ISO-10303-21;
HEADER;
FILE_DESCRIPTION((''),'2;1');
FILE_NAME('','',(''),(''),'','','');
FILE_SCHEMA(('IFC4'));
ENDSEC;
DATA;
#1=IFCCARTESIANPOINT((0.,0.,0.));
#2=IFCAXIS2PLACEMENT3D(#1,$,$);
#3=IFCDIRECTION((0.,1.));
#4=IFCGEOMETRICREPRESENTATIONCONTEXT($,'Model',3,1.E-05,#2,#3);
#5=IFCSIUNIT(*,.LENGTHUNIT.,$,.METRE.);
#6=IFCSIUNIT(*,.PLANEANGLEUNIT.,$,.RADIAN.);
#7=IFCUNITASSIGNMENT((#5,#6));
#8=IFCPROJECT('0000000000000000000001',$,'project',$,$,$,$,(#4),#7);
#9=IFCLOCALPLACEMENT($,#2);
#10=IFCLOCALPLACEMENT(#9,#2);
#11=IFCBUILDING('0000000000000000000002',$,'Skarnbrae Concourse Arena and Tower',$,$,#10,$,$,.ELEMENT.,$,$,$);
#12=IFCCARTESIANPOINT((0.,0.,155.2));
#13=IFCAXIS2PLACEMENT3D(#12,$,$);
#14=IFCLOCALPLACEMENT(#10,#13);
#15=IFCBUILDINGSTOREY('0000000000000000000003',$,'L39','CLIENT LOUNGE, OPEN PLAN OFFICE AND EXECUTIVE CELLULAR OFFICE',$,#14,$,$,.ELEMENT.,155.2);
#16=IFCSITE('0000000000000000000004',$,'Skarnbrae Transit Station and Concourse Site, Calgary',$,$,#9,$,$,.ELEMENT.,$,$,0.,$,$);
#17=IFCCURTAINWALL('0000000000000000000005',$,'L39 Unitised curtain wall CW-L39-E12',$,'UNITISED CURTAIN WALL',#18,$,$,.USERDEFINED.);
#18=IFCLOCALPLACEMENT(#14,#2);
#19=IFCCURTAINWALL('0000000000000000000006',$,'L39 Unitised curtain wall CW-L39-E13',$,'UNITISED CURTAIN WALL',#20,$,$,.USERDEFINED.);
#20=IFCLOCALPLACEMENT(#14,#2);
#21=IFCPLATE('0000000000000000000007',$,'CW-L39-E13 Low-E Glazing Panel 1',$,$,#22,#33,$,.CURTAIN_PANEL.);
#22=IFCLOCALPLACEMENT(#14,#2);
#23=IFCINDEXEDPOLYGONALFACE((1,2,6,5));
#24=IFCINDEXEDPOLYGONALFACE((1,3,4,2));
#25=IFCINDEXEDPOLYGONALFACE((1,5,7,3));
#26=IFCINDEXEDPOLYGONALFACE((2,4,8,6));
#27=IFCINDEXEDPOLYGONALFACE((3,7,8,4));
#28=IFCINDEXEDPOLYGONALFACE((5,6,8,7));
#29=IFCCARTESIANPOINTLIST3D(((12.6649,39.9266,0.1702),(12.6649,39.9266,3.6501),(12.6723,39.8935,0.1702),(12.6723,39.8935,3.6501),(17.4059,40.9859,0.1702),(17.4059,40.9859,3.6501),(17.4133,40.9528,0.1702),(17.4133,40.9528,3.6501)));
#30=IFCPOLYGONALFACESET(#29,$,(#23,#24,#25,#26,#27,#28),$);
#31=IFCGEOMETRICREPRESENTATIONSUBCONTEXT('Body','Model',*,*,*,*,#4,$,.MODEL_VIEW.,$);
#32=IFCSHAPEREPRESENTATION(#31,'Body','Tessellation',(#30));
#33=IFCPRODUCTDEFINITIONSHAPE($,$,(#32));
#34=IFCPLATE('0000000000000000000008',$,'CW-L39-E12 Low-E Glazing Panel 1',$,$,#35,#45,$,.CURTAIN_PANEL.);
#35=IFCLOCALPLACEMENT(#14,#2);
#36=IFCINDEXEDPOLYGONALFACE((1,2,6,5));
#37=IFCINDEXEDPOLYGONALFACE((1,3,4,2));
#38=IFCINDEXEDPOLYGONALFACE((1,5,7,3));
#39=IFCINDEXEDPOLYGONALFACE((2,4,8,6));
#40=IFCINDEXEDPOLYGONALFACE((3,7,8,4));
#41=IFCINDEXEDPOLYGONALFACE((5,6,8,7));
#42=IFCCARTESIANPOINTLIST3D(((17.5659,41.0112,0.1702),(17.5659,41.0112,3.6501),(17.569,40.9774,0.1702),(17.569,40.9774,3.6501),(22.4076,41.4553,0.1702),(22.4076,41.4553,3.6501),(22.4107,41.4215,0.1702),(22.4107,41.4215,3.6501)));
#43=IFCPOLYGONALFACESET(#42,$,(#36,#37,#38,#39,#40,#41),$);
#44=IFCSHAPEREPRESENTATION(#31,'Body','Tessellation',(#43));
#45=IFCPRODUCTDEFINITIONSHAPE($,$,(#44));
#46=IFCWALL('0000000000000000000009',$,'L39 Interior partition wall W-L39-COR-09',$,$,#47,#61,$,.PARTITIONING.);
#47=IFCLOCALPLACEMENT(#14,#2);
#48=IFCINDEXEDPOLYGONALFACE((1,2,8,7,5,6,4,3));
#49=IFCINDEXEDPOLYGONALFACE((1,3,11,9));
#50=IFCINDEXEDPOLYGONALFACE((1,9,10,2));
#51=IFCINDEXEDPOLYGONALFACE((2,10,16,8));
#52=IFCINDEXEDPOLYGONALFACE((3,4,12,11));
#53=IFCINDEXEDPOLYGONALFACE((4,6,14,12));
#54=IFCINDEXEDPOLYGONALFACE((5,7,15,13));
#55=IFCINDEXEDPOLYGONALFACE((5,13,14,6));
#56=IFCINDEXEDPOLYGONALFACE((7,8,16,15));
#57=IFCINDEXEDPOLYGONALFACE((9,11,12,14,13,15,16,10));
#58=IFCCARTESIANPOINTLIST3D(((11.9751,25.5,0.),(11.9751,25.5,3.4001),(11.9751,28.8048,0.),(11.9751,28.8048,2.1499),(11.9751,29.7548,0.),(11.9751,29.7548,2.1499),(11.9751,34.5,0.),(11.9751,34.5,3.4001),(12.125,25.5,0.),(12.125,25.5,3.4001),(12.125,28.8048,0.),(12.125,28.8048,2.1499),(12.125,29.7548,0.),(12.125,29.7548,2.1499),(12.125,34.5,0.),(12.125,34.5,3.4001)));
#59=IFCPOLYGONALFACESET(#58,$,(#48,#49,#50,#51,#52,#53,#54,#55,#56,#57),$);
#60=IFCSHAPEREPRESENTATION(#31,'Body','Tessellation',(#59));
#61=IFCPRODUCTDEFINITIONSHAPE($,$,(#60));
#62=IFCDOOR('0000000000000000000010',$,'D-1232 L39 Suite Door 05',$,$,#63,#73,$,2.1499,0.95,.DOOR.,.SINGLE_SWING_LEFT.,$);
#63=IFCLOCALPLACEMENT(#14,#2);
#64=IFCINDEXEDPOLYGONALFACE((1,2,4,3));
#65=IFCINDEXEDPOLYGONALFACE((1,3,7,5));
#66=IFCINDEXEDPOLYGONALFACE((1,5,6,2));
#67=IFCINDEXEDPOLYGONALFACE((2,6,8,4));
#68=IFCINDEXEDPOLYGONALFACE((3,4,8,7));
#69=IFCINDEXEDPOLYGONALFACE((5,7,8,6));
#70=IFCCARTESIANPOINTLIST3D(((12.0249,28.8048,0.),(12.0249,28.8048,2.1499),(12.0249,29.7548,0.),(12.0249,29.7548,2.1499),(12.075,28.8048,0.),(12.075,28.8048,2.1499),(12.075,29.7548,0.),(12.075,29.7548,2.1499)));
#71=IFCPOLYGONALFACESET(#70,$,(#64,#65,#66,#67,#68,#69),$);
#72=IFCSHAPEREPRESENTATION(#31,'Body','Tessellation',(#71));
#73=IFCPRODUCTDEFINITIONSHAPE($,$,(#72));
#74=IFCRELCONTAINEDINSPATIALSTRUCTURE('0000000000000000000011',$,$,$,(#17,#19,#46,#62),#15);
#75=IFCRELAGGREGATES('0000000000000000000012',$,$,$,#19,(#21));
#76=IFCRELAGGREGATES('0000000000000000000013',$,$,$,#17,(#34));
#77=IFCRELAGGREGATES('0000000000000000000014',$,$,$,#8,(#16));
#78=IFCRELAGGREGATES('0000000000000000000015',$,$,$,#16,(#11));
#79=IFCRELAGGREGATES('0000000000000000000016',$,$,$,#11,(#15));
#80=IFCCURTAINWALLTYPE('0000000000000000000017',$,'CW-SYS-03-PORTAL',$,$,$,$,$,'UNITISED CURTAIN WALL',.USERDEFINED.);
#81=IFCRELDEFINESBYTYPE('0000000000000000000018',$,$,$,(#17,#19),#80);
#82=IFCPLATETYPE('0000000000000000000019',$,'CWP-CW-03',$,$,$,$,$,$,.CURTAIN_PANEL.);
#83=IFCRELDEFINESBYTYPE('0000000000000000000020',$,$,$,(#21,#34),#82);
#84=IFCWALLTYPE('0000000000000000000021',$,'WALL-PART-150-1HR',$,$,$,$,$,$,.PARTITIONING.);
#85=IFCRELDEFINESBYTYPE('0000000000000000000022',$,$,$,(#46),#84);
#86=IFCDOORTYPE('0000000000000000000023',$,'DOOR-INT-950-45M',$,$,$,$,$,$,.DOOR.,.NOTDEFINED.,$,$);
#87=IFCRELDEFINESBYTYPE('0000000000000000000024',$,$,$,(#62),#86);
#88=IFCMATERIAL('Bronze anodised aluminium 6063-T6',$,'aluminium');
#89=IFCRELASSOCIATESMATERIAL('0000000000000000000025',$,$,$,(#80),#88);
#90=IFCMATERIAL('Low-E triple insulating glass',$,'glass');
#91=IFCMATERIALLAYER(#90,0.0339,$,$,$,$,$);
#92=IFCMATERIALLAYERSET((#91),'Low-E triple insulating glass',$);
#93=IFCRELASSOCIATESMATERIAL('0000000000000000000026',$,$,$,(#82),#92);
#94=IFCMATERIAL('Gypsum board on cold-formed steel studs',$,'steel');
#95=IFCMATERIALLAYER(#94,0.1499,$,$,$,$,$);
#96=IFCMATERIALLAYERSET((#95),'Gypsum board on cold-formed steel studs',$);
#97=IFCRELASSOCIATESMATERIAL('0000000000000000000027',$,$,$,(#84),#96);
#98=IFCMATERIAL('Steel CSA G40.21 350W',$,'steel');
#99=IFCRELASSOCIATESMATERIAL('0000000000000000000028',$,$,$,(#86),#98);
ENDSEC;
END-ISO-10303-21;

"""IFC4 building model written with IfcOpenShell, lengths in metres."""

from ifc_helpers import new_model, si_unit, direction, frame, frame_2d, origin, origin_2d, place, context, subcontext, project, spatial, rectangle, extrude, source, transform, mapped, material, layer, layer_set, type_object, element, fill, aggregate, save


model = new_model("IFC4")

# Units and contexts
model_context = context("Model", 3, precision=1e-05, world=origin(), true_north=direction((0.0, 1.0)))
body_context = subcontext(model_context, "Body", "Model", "MODEL_VIEW")
ifc_project = project(units=[si_unit("LENGTHUNIT", "METRE"), si_unit("PLANEANGLEUNIT", "RADIAN")], contexts=[model_context])

# Site, building, storey
site_placement = place(None, origin())
site = spatial("IfcSite", under=ifc_project, at=site_placement, Name="Skarnbrae Transit Station and Concourse Site, Calgary", CompositionType="ELEMENT", RefElevation=0.0)
building_placement = place(site_placement, origin())
building = spatial("IfcBuilding", under=site, at=building_placement, Name="Skarnbrae Concourse Arena and Tower", CompositionType="ELEMENT")
storey_placement = place(building_placement, frame((0.0, 0.0, 155.2)))
storey = spatial("IfcBuildingStorey", under=building, at=storey_placement, Name="L39", Description="CLIENT LOUNGE, OPEN PLAN OFFICE AND EXECUTIVE CELLULAR OFFICE", CompositionType="ELEMENT", Elevation=155.2)

# Shared definitions
ifc_material_1 = material(Name="Steel CSA G40.21 350W", Category="steel")

# Curtain wall
ifc_material_2 = material(Name="Bronze anodised aluminium 6063-T6", Category="aluminium")
curtain_wall_type_1 = type_object("IfcCurtainWallType", Name="CW-SYS-03-PORTAL", ElementType="UNITISED CURTAIN WALL", PredefinedType="USERDEFINED", material=ifc_material_2)
curtain_wall_1_placement = place(storey_placement, origin())
curtain_wall_1 = element("IfcCurtainWall", 1, at=curtain_wall_1_placement, inside=storey, type_object=curtain_wall_type_1, Name="L39 Unitised curtain wall CW-L39-E12", ObjectType="UNITISED CURTAIN WALL", PredefinedType="USERDEFINED")

# Curtain wall
curtain_wall_2_placement = place(storey_placement, origin())
curtain_wall_2 = element("IfcCurtainWall", 2, at=curtain_wall_2_placement, inside=storey, type_object=curtain_wall_type_1, Name="L39 Unitised curtain wall CW-L39-E13", ObjectType="UNITISED CURTAIN WALL", PredefinedType="USERDEFINED")

# Plates
ifc_material_3 = material(Name="Low-E triple insulating glass", Category="glass")
ifc_layer_1 = layer(ifc_material_3, 0.0339)
ifc_layer_set_1 = layer_set([ifc_layer_1], Name="Low-E triple insulating glass")
plate_type = type_object("IfcPlateType", Name="CWP-CW-03", PredefinedType="CURTAIN_PANEL", material=ifc_layer_set_1)
shared_shape_1 = source(origin(), body_context, "Body", "SweptSolid", [
    extrude(rectangle(XDim=4.8579, YDim=0.0339, at=origin_2d()), origin(), (0.0, 0.0, 1.0), 3.48),
])
plate_1_placement = place(storey_placement, frame((15.0391, 40.4397, 0.1702), z_axis=(0.0, 0.0, 1.0), x_axis=(-0.975936, -0.218056, 0.0)))
plate_1 = element("IfcPlate", 3, at=plate_1_placement, type_object=plate_type, Name="CW-L39-E13 Low-E Glazing Panel 1", PredefinedType="CURTAIN_PANEL", context=body_context, shape_type="MappedRepresentation", body=[
    mapped(shared_shape_1, transform((0.0, 0.0, 0.0))),
])
aggregate(curtain_wall_2, [plate_1])
shared_shape_2 = source(origin(), body_context, "Body", "SweptSolid", [
    extrude(rectangle(XDim=4.8621, YDim=0.0339, at=origin_2d()), origin(), (0.0, 0.0, 1.0), 3.48),
])
plate_2_placement = place(storey_placement, frame((19.9883, 41.2163, 0.1702), z_axis=(0.0, 0.0, 1.0), x_axis=(-0.99582, -0.091338, 0.0)))
plate_2 = element("IfcPlate", 4, at=plate_2_placement, type_object=plate_type, Name="CW-L39-E12 Low-E Glazing Panel 1", PredefinedType="CURTAIN_PANEL", context=body_context, shape_type="MappedRepresentation", body=[
    mapped(shared_shape_2, transform((0.0, 0.0, 0.0))),
])
aggregate(curtain_wall_1, [plate_2])

# Wall, opening, door
ifc_material_4 = material(Name="Gypsum board on cold-formed steel studs", Category="steel")
ifc_layer_2 = layer(ifc_material_4, 0.1499)
ifc_layer_set_2 = layer_set([ifc_layer_2], Name="Gypsum board on cold-formed steel studs")
wall_type = type_object("IfcWallType", Name="WALL-PART-150-1HR", PredefinedType="PARTITIONING", material=ifc_layer_set_2)
shared_shape_3 = source(origin(), body_context, "Body", "SweptSolid", [
    extrude(rectangle(XDim=9.0, YDim=0.1499, at=frame_2d((4.5, 0.0))), origin(), (0.0, 0.0, 1.0), 3.4001),
])
wall_placement = place(storey_placement, frame((12.05, 34.5, 0.0), z_axis=(0.0, 0.0, 1.0), x_axis=(0.0, -1.0, 0.0)))
wall = element("IfcWall", 5, at=wall_placement, inside=storey, type_object=wall_type, Name="L39 Interior partition wall W-L39-COR-09", PredefinedType="PARTITIONING", context=body_context, shape_type="MappedRepresentation", body=[
    mapped(shared_shape_3, transform((0.0, 0.0, 0.0))),
])
opening_placement = place(wall_placement, frame((4.7451, 0.0, 0.0)))
opening = element("IfcOpeningElement", 6, at=opening_placement, cuts=wall, PredefinedType="OPENING", context=body_context, shape_type="SweptSolid", body=[
    extrude(rectangle(XDim=0.95, YDim=2.1499, at=frame_2d((0.4751, 1.075))), frame((0.0, 0.085, 0.0), z_axis=(0.0, -1.0, 0.0), x_axis=(1.0, 0.0, 0.0)), (0.0, 0.0, 1.0), 0.1699),
])
door_type = type_object("IfcDoorType", Name="DOOR-INT-950-45M", OperationType="NOTDEFINED", PredefinedType="DOOR", material=ifc_material_1)
shared_shape_4 = source(origin(), body_context, "Body", "SweptSolid", [
    extrude(rectangle(XDim=0.95, YDim=2.1499, at=frame_2d((0.4751, 1.075))), frame((0.0, 0.0249, 0.0), z_axis=(0.0, -1.0, 0.0), x_axis=(1.0, 0.0, 0.0)), (0.0, 0.0, 1.0), 0.05),
])
door_placement = place(opening_placement, origin())
door = element("IfcDoor", 7, at=door_placement, inside=storey, type_object=door_type, Name="D-1232 L39 Suite Door 05", OperationType="SINGLE_SWING_LEFT", OverallHeight=2.1499, OverallWidth=0.95, PredefinedType="DOOR", context=body_context, shape_type="MappedRepresentation", body=[
    mapped(shared_shape_4, transform((0.0, 0.0, 0.0))),
])
fill(opening, door)

save(model, "model.ifc")
